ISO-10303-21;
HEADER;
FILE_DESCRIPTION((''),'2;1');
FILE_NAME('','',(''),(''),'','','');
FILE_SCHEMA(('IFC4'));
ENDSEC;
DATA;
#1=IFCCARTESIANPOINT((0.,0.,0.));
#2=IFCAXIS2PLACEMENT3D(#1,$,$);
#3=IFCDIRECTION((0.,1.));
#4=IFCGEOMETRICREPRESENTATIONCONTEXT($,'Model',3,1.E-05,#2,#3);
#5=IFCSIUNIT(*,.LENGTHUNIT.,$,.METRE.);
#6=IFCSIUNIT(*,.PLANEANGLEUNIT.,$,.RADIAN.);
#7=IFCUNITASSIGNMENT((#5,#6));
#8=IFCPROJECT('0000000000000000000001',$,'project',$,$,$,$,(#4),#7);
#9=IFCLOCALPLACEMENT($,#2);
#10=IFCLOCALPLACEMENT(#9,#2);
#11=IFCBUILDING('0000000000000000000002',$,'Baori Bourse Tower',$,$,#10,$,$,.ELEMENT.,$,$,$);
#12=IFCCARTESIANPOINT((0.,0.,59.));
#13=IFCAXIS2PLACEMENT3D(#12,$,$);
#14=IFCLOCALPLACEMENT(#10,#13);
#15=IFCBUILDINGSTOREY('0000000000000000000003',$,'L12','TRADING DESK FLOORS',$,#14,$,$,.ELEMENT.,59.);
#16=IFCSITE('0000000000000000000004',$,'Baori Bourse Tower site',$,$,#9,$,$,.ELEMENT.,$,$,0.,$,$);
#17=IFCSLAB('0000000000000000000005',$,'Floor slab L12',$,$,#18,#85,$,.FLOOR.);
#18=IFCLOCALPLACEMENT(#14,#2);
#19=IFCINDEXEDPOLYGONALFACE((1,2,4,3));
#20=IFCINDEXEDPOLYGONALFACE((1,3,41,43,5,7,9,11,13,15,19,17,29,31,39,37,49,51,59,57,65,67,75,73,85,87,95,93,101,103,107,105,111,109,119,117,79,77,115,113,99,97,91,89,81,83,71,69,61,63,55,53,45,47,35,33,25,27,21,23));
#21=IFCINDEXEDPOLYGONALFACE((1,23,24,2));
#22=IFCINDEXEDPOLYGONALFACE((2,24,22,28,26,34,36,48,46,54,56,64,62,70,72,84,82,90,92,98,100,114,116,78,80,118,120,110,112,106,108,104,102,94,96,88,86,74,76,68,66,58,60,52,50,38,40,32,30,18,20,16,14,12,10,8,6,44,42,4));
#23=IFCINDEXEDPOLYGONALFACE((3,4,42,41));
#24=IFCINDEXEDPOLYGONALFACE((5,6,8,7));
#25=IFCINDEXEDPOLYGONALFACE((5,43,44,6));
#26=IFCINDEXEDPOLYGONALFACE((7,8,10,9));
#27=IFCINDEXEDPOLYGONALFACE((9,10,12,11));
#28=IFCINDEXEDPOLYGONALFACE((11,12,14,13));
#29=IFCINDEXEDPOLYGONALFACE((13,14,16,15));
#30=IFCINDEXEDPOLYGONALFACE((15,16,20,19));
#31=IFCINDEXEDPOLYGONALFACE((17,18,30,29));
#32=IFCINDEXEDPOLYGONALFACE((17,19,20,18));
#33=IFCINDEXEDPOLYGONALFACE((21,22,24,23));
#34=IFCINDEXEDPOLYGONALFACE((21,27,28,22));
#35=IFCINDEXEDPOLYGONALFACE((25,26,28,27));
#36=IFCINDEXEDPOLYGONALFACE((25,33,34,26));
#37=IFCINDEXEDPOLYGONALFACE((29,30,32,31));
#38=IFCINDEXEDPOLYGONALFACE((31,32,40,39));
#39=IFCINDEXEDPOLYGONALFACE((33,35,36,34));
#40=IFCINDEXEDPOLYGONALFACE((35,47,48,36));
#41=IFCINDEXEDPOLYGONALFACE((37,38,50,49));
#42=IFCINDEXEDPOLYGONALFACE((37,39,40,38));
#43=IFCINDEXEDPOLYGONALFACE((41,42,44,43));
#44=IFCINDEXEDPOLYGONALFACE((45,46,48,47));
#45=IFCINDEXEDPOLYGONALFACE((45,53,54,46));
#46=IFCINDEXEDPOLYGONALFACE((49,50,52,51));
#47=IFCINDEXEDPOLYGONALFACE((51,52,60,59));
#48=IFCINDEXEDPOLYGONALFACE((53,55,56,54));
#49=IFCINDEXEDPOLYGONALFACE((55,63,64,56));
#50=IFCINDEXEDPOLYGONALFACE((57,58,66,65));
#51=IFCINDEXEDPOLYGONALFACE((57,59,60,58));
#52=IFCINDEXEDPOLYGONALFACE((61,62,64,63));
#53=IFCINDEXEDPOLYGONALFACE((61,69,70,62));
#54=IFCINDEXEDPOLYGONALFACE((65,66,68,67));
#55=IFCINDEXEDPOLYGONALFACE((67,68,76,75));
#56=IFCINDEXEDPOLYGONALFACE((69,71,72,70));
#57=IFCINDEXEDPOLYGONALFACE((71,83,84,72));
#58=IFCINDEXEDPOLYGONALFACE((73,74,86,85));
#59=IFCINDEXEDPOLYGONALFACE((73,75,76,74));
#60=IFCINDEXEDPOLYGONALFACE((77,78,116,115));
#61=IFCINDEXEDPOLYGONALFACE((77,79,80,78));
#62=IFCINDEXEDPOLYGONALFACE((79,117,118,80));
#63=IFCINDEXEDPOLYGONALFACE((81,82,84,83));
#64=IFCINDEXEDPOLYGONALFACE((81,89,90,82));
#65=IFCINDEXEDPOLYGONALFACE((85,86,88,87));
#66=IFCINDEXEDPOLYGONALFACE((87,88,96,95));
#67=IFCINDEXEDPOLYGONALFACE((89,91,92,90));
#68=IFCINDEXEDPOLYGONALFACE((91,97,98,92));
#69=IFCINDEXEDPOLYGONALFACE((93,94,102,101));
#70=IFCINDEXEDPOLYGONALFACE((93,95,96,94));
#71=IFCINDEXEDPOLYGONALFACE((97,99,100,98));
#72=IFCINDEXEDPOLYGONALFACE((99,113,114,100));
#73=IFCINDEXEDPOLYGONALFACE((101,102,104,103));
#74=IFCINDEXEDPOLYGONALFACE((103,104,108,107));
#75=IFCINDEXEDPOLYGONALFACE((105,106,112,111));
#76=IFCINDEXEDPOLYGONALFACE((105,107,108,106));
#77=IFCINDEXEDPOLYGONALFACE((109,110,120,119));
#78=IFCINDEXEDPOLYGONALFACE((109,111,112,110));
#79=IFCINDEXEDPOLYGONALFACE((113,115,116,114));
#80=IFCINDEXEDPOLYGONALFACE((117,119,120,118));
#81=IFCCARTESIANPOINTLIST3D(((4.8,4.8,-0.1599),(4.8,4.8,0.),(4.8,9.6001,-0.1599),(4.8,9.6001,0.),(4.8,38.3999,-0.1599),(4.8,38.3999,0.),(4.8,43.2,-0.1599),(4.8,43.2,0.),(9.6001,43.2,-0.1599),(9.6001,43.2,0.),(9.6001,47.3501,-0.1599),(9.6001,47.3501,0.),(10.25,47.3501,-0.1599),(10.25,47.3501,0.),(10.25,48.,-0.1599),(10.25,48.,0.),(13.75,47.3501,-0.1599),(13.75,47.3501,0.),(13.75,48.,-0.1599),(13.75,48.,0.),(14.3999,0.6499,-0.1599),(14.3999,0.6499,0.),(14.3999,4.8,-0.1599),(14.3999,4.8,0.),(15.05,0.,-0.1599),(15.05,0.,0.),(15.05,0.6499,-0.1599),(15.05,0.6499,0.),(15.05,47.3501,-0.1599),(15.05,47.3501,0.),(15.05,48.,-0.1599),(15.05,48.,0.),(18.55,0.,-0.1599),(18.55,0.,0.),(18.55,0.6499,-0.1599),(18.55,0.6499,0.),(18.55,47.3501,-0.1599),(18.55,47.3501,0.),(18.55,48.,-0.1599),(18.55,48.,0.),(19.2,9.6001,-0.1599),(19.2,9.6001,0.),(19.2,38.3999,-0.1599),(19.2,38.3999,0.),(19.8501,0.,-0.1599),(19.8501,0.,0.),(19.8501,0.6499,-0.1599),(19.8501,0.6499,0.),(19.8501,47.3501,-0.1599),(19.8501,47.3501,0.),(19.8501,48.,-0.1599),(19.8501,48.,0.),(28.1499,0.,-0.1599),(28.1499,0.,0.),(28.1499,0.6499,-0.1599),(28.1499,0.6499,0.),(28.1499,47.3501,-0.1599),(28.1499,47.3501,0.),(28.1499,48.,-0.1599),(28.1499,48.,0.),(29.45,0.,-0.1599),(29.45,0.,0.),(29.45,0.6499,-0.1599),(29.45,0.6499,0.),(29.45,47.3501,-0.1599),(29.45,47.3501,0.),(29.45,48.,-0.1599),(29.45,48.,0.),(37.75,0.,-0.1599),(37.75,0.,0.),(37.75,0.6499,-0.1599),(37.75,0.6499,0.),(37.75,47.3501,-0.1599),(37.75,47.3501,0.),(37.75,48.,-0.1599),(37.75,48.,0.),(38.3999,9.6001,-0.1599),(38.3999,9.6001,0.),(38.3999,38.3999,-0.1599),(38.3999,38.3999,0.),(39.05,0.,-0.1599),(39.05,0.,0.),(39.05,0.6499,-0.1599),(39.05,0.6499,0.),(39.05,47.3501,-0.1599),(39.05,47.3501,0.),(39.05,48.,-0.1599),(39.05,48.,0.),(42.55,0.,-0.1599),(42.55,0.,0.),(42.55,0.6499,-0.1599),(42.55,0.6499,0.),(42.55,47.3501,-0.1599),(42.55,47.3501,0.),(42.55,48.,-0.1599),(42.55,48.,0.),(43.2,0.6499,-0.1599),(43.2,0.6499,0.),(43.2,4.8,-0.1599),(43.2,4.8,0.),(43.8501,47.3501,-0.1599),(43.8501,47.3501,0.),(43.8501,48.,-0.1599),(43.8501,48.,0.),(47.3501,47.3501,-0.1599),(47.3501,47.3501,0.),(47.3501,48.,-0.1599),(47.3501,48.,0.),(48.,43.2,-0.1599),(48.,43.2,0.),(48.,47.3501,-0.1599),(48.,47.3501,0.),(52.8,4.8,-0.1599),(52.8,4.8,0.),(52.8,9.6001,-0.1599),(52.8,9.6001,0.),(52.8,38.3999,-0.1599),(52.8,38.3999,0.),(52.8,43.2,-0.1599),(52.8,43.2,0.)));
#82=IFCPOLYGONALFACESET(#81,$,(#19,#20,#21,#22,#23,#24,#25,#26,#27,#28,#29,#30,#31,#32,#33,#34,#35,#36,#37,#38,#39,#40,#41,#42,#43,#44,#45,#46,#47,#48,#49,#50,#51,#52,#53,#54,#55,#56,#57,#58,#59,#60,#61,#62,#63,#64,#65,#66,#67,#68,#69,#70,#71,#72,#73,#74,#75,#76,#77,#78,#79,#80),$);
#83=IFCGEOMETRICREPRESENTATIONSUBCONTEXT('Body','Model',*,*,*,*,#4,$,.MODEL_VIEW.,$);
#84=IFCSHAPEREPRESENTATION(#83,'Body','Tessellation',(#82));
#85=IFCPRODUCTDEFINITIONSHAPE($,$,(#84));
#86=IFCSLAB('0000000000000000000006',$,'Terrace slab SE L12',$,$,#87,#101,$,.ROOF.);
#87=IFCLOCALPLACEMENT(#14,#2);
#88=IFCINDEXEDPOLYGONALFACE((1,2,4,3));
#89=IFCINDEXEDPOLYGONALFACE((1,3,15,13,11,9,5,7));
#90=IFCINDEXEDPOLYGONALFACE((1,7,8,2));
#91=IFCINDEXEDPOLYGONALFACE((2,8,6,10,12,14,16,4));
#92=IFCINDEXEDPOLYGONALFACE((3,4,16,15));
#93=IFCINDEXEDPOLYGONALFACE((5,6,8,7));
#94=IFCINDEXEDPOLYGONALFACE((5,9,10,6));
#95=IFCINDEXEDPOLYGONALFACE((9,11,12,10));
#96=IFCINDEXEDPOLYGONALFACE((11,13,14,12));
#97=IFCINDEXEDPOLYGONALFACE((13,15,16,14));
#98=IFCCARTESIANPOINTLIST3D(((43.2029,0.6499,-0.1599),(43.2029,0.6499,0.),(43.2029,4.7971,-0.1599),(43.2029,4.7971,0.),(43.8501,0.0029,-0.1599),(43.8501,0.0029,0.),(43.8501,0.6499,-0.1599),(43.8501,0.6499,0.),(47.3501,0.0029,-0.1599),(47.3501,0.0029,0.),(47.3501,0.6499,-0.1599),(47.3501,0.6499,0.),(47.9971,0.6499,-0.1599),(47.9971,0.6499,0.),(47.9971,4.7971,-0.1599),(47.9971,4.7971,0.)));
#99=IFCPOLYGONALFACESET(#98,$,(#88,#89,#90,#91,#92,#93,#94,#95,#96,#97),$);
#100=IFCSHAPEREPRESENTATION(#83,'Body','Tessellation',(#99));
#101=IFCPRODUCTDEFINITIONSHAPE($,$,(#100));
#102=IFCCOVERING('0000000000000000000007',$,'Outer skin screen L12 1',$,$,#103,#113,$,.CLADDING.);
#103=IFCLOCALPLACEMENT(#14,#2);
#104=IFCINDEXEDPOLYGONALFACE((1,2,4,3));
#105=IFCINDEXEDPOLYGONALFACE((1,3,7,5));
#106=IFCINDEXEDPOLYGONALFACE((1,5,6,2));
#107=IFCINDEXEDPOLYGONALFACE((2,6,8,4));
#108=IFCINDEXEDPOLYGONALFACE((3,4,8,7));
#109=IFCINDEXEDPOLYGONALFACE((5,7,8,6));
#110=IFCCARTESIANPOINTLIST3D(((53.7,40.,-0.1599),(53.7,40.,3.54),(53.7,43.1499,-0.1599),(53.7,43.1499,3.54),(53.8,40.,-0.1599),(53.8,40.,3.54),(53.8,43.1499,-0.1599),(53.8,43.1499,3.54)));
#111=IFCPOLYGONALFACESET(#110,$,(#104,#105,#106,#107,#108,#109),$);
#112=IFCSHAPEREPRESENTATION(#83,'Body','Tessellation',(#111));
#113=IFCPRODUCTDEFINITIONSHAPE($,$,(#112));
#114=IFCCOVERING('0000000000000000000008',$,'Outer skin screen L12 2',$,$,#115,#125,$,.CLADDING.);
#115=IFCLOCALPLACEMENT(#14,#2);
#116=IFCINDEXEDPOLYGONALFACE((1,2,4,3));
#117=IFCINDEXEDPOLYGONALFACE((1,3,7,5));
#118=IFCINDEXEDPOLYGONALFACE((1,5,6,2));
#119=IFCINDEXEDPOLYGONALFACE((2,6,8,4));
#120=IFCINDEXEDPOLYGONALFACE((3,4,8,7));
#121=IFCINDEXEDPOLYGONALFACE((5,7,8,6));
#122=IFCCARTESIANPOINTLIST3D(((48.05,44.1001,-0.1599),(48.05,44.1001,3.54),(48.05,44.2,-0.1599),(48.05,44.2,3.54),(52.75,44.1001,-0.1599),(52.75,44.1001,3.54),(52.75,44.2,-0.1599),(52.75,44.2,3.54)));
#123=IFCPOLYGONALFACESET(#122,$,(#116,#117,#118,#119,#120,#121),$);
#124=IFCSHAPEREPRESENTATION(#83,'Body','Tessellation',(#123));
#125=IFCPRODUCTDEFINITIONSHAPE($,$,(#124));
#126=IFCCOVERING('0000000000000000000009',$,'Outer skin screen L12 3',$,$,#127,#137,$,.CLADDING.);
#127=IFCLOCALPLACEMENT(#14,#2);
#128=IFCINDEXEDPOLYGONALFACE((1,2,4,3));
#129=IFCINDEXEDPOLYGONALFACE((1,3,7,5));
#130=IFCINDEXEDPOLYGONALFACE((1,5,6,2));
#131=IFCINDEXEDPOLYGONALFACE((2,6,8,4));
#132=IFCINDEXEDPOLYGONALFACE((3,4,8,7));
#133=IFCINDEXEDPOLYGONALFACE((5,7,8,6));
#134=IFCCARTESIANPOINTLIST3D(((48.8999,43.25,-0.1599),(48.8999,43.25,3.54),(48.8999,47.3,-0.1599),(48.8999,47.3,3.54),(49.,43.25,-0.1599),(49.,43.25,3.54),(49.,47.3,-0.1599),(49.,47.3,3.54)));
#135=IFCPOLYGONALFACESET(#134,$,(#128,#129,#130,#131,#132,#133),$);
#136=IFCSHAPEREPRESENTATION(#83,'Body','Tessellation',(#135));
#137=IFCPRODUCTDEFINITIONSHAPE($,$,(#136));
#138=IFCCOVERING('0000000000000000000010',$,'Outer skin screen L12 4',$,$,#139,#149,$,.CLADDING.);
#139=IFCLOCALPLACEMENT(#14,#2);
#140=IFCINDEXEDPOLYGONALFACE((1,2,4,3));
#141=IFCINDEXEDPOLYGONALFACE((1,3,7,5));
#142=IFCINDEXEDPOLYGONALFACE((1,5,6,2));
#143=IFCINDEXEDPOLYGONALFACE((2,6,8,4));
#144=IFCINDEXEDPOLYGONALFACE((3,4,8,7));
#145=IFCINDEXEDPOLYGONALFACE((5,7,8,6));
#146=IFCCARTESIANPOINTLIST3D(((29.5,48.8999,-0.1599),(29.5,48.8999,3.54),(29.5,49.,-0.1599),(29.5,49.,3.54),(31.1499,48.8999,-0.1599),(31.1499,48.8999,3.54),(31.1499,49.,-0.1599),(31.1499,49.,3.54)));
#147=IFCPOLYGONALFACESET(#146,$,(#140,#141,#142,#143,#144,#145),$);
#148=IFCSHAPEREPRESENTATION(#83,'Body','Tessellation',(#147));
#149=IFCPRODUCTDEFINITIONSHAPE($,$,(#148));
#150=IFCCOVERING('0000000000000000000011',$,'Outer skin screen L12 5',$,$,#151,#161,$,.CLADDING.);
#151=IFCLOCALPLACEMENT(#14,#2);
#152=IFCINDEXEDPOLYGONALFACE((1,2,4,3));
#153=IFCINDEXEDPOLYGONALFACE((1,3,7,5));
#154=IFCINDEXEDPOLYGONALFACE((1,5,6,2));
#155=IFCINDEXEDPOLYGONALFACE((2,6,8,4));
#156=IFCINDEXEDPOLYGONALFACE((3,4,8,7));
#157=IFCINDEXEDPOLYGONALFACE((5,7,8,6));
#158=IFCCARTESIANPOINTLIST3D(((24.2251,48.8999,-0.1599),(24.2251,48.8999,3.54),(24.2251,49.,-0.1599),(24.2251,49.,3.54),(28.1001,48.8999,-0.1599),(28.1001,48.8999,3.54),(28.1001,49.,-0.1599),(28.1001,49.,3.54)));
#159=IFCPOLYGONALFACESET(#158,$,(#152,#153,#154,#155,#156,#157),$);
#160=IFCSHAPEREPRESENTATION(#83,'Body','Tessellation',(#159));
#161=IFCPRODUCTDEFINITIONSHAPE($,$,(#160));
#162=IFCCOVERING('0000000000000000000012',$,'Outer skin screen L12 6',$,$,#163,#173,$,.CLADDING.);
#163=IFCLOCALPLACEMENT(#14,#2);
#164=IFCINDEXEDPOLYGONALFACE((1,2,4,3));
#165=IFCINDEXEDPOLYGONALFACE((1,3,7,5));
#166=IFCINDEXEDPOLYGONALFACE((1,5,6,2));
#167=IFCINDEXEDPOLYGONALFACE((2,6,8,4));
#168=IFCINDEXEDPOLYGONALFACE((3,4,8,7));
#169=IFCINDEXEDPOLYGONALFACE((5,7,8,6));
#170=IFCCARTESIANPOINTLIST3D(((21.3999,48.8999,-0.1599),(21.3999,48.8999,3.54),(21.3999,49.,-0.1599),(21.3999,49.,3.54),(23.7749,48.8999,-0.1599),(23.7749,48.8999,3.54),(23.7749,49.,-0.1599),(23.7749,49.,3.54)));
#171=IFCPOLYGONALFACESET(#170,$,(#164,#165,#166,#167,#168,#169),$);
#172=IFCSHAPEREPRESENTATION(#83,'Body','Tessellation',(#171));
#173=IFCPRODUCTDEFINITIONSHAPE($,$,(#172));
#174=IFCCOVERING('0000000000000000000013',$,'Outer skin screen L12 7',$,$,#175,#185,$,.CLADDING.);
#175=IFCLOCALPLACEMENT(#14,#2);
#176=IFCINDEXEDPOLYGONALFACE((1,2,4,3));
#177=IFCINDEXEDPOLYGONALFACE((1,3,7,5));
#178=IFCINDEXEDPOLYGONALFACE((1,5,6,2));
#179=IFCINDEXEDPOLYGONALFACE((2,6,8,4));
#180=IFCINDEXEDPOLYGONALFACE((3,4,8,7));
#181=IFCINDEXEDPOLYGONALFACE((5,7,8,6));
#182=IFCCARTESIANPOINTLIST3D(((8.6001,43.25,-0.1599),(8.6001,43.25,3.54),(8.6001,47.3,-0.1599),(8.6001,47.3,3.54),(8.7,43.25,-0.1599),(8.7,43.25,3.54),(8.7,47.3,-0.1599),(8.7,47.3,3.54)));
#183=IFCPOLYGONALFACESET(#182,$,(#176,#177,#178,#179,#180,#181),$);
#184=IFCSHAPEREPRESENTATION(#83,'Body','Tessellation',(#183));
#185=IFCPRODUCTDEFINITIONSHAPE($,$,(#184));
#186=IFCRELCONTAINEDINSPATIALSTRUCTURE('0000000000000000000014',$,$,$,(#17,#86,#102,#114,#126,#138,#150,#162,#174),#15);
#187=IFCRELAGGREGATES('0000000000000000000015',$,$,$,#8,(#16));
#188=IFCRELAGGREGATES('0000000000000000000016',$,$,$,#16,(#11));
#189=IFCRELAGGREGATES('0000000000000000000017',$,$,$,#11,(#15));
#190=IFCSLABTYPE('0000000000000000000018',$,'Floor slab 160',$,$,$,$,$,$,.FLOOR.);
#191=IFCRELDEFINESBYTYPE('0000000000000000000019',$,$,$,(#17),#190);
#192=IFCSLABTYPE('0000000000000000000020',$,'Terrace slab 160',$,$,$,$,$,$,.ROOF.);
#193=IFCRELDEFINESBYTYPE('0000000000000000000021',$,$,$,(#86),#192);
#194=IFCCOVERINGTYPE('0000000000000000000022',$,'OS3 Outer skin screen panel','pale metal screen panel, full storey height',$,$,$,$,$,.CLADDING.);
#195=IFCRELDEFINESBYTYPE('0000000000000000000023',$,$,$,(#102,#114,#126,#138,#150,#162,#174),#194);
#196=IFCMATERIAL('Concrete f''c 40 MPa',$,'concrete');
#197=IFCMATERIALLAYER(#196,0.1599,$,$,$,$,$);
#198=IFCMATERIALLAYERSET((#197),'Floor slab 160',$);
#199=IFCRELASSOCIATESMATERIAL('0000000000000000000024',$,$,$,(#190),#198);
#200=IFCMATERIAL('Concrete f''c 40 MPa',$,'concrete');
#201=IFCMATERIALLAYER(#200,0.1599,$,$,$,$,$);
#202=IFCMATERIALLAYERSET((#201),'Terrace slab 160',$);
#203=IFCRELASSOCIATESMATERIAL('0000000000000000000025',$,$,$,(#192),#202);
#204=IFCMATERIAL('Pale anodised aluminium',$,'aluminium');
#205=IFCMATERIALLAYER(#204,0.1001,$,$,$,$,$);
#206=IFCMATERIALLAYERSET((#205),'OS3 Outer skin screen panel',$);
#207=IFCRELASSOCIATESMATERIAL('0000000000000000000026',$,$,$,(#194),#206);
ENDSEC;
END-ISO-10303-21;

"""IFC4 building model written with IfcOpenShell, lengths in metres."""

from ifc_helpers import new_model, si_unit, direction, frame, origin, place, context, subcontext, project, spatial, polyline, outline, extrude, material, layer, layer_set, type_object, element, save


model = new_model("IFC4")

# Units and contexts
model_context = context("Model", 3, precision=1e-05, world=origin(), true_north=direction((0.0, 1.0)))
body_context = subcontext(model_context, "Body", "Model", "MODEL_VIEW")
ifc_project = project(units=[si_unit("LENGTHUNIT", "METRE"), si_unit("PLANEANGLEUNIT", "RADIAN")], contexts=[model_context])

# Site, building, storey
site_placement = place(None, origin())
site = spatial("IfcSite", under=ifc_project, at=site_placement, Name="Baori Bourse Tower site", CompositionType="ELEMENT", RefElevation=0.0)
building_placement = place(site_placement, origin())
building = spatial("IfcBuilding", under=site, at=building_placement, Name="Baori Bourse Tower", CompositionType="ELEMENT")
storey_placement = place(building_placement, frame((0.0, 0.0, 59.0)))
storey = spatial("IfcBuildingStorey", under=building, at=storey_placement, Name="L12", Description="TRADING DESK FLOORS", CompositionType="ELEMENT", Elevation=59.0)

# Slabs
ifc_material_1 = material(Name="Concrete f'c 40 MPa", Category="concrete")
ifc_layer_1 = layer(ifc_material_1, 0.1599)
ifc_layer_set_1 = layer_set([ifc_layer_1], Name="Floor slab 160")
slab_type_1 = type_object("IfcSlabType", Name="Floor slab 160", PredefinedType="FLOOR", material=ifc_layer_set_1)
slab_1_placement = place(storey_placement, frame((0.0, 0.0, -0.1599)))
element("IfcSlab", 1, at=slab_1_placement, inside=storey, type_object=slab_type_1, Name="Floor slab L12", PredefinedType="FLOOR", context=body_context, shape_type="SweptSolid", body=[
    extrude(outline(polyline([(14.3999, 4.8), (4.8, 4.8), (4.8, 9.6001), (19.2, 9.6001), (19.2, 38.3999), (4.8, 38.3999), (4.8, 43.2), (9.6001, 43.2), (9.6001, 47.3501), (10.25, 47.3501), (10.25, 48.0), (13.75, 48.0), (13.75, 47.3501), (15.05, 47.3501), (15.05, 48.0), (18.55, 48.0), (18.55, 47.3501), (19.8501, 47.3501), (19.8501, 48.0), (28.1499, 48.0), (28.1499, 47.3501), (29.45, 47.3501), (29.45, 48.0), (37.75, 48.0), (37.75, 47.3501), (39.05, 47.3501), (39.05, 48.0), (42.55, 48.0), (42.55, 47.3501), (43.8501, 47.3501), (43.8501, 48.0), (47.3501, 48.0), (47.3501, 47.3501), (48.0, 47.3501), (48.0, 43.2), (52.8, 43.2), (52.8, 38.3999), (38.3999, 38.3999), (38.3999, 9.6001), (52.8, 9.6001), (52.8, 4.8), (43.2, 4.8), (43.2, 0.6499), (42.55, 0.6499), (42.55, 0.0), (39.05, 0.0), (39.05, 0.6499), (37.75, 0.6499), (37.75, 0.0), (29.45, 0.0), (29.45, 0.6499), (28.1499, 0.6499), (28.1499, 0.0), (19.8501, 0.0), (19.8501, 0.6499), (18.55, 0.6499), (18.55, 0.0), (15.05, 0.0), (15.05, 0.6499), (14.3999, 0.6499), (14.3999, 4.8)])), origin(), (0.0, 0.0, 1.0), 0.1599),
])
ifc_material_2 = material(Name="Concrete f'c 40 MPa", Category="concrete")
ifc_layer_2 = layer(ifc_material_2, 0.1599)
ifc_layer_set_2 = layer_set([ifc_layer_2], Name="Terrace slab 160")
slab_type_2 = type_object("IfcSlabType", Name="Terrace slab 160", PredefinedType="ROOF", material=ifc_layer_set_2)
slab_2_placement = place(storey_placement, frame((0.0, 0.0, -0.1599)))
element("IfcSlab", 2, at=slab_2_placement, inside=storey, type_object=slab_type_2, Name="Terrace slab SE L12", PredefinedType="ROOF", context=body_context, shape_type="SweptSolid", body=[
    extrude(outline(polyline([(43.2029, 4.7971), (47.9971, 4.7971), (47.9971, 0.6499), (47.3501, 0.6499), (47.3501, 0.0029), (43.8501, 0.0029), (43.8501, 0.6499), (43.2029, 0.6499), (43.2029, 4.7971)])), origin(), (0.0, 0.0, 1.0), 0.1599),
])

# Coverings
ifc_material_3 = material(Name="Pale anodised aluminium", Category="aluminium")
ifc_layer_3 = layer(ifc_material_3, 0.1001)
ifc_layer_set_3 = layer_set([ifc_layer_3], Name="OS3 Outer skin screen panel")
covering_type = type_object("IfcCoveringType", Name="OS3 Outer skin screen panel", Description="pale metal screen panel, full storey height", PredefinedType="CLADDING", material=ifc_layer_set_3)
covering_1_placement = place(storey_placement, frame((0.0, 0.0, -0.1599)))
element("IfcCovering", 3, at=covering_1_placement, inside=storey, type_object=covering_type, Name="Outer skin screen L12 1", PredefinedType="CLADDING", context=body_context, shape_type="SweptSolid", body=[
    extrude(outline(polyline([(53.7, 43.1499), (53.7, 40.0), (53.8, 40.0), (53.8, 43.1499), (53.7, 43.1499)])), origin(), (0.0, 0.0, 1.0), 3.7),
])
covering_2_placement = place(storey_placement, frame((0.0, 0.0, -0.1599)))
element("IfcCovering", 4, at=covering_2_placement, inside=storey, type_object=covering_type, Name="Outer skin screen L12 2", PredefinedType="CLADDING", context=body_context, shape_type="SweptSolid", body=[
    extrude(outline(polyline([(48.05, 44.1001), (52.75, 44.1001), (52.75, 44.2), (48.05, 44.2), (48.05, 44.1001)])), origin(), (0.0, 0.0, 1.0), 3.7),
])
covering_3_placement = place(storey_placement, frame((0.0, 0.0, -0.1599)))
element("IfcCovering", 5, at=covering_3_placement, inside=storey, type_object=covering_type, Name="Outer skin screen L12 3", PredefinedType="CLADDING", context=body_context, shape_type="SweptSolid", body=[
    extrude(outline(polyline([(48.8999, 47.3), (48.8999, 43.25), (49.0, 43.25), (49.0, 47.3), (48.8999, 47.3)])), origin(), (0.0, 0.0, 1.0), 3.7),
])
covering_4_placement = place(storey_placement, frame((0.0, 0.0, -0.1599)))
element("IfcCovering", 6, at=covering_4_placement, inside=storey, type_object=covering_type, Name="Outer skin screen L12 4", PredefinedType="CLADDING", context=body_context, shape_type="SweptSolid", body=[
    extrude(outline(polyline([(29.5, 48.8999), (31.1499, 48.8999), (31.1499, 49.0), (29.5, 49.0), (29.5, 48.8999)])), origin(), (0.0, 0.0, 1.0), 3.7),
])
covering_5_placement = place(storey_placement, frame((0.0, 0.0, -0.1599)))
element("IfcCovering", 7, at=covering_5_placement, inside=storey, type_object=covering_type, Name="Outer skin screen L12 5", PredefinedType="CLADDING", context=body_context, shape_type="SweptSolid", body=[
    extrude(outline(polyline([(24.2251, 48.8999), (28.1001, 48.8999), (28.1001, 49.0), (24.2251, 49.0), (24.2251, 48.8999)])), origin(), (0.0, 0.0, 1.0), 3.7),
])
covering_6_placement = place(storey_placement, frame((0.0, 0.0, -0.1599)))
element("IfcCovering", 8, at=covering_6_placement, inside=storey, type_object=covering_type, Name="Outer skin screen L12 6", PredefinedType="CLADDING", context=body_context, shape_type="SweptSolid", body=[
    extrude(outline(polyline([(21.3999, 48.8999), (23.7749, 48.8999), (23.7749, 49.0), (21.3999, 49.0), (21.3999, 48.8999)])), origin(), (0.0, 0.0, 1.0), 3.7),
])
covering_7_placement = place(storey_placement, frame((0.0, 0.0, -0.1599)))
element("IfcCovering", 9, at=covering_7_placement, inside=storey, type_object=covering_type, Name="Outer skin screen L12 7", PredefinedType="CLADDING", context=body_context, shape_type="SweptSolid", body=[
    extrude(outline(polyline([(8.7, 43.25), (8.7, 47.3), (8.6001, 47.3), (8.6001, 43.25), (8.7, 43.25)])), origin(), (0.0, 0.0, 1.0), 3.7),
])

save(model, "model.ifc")
